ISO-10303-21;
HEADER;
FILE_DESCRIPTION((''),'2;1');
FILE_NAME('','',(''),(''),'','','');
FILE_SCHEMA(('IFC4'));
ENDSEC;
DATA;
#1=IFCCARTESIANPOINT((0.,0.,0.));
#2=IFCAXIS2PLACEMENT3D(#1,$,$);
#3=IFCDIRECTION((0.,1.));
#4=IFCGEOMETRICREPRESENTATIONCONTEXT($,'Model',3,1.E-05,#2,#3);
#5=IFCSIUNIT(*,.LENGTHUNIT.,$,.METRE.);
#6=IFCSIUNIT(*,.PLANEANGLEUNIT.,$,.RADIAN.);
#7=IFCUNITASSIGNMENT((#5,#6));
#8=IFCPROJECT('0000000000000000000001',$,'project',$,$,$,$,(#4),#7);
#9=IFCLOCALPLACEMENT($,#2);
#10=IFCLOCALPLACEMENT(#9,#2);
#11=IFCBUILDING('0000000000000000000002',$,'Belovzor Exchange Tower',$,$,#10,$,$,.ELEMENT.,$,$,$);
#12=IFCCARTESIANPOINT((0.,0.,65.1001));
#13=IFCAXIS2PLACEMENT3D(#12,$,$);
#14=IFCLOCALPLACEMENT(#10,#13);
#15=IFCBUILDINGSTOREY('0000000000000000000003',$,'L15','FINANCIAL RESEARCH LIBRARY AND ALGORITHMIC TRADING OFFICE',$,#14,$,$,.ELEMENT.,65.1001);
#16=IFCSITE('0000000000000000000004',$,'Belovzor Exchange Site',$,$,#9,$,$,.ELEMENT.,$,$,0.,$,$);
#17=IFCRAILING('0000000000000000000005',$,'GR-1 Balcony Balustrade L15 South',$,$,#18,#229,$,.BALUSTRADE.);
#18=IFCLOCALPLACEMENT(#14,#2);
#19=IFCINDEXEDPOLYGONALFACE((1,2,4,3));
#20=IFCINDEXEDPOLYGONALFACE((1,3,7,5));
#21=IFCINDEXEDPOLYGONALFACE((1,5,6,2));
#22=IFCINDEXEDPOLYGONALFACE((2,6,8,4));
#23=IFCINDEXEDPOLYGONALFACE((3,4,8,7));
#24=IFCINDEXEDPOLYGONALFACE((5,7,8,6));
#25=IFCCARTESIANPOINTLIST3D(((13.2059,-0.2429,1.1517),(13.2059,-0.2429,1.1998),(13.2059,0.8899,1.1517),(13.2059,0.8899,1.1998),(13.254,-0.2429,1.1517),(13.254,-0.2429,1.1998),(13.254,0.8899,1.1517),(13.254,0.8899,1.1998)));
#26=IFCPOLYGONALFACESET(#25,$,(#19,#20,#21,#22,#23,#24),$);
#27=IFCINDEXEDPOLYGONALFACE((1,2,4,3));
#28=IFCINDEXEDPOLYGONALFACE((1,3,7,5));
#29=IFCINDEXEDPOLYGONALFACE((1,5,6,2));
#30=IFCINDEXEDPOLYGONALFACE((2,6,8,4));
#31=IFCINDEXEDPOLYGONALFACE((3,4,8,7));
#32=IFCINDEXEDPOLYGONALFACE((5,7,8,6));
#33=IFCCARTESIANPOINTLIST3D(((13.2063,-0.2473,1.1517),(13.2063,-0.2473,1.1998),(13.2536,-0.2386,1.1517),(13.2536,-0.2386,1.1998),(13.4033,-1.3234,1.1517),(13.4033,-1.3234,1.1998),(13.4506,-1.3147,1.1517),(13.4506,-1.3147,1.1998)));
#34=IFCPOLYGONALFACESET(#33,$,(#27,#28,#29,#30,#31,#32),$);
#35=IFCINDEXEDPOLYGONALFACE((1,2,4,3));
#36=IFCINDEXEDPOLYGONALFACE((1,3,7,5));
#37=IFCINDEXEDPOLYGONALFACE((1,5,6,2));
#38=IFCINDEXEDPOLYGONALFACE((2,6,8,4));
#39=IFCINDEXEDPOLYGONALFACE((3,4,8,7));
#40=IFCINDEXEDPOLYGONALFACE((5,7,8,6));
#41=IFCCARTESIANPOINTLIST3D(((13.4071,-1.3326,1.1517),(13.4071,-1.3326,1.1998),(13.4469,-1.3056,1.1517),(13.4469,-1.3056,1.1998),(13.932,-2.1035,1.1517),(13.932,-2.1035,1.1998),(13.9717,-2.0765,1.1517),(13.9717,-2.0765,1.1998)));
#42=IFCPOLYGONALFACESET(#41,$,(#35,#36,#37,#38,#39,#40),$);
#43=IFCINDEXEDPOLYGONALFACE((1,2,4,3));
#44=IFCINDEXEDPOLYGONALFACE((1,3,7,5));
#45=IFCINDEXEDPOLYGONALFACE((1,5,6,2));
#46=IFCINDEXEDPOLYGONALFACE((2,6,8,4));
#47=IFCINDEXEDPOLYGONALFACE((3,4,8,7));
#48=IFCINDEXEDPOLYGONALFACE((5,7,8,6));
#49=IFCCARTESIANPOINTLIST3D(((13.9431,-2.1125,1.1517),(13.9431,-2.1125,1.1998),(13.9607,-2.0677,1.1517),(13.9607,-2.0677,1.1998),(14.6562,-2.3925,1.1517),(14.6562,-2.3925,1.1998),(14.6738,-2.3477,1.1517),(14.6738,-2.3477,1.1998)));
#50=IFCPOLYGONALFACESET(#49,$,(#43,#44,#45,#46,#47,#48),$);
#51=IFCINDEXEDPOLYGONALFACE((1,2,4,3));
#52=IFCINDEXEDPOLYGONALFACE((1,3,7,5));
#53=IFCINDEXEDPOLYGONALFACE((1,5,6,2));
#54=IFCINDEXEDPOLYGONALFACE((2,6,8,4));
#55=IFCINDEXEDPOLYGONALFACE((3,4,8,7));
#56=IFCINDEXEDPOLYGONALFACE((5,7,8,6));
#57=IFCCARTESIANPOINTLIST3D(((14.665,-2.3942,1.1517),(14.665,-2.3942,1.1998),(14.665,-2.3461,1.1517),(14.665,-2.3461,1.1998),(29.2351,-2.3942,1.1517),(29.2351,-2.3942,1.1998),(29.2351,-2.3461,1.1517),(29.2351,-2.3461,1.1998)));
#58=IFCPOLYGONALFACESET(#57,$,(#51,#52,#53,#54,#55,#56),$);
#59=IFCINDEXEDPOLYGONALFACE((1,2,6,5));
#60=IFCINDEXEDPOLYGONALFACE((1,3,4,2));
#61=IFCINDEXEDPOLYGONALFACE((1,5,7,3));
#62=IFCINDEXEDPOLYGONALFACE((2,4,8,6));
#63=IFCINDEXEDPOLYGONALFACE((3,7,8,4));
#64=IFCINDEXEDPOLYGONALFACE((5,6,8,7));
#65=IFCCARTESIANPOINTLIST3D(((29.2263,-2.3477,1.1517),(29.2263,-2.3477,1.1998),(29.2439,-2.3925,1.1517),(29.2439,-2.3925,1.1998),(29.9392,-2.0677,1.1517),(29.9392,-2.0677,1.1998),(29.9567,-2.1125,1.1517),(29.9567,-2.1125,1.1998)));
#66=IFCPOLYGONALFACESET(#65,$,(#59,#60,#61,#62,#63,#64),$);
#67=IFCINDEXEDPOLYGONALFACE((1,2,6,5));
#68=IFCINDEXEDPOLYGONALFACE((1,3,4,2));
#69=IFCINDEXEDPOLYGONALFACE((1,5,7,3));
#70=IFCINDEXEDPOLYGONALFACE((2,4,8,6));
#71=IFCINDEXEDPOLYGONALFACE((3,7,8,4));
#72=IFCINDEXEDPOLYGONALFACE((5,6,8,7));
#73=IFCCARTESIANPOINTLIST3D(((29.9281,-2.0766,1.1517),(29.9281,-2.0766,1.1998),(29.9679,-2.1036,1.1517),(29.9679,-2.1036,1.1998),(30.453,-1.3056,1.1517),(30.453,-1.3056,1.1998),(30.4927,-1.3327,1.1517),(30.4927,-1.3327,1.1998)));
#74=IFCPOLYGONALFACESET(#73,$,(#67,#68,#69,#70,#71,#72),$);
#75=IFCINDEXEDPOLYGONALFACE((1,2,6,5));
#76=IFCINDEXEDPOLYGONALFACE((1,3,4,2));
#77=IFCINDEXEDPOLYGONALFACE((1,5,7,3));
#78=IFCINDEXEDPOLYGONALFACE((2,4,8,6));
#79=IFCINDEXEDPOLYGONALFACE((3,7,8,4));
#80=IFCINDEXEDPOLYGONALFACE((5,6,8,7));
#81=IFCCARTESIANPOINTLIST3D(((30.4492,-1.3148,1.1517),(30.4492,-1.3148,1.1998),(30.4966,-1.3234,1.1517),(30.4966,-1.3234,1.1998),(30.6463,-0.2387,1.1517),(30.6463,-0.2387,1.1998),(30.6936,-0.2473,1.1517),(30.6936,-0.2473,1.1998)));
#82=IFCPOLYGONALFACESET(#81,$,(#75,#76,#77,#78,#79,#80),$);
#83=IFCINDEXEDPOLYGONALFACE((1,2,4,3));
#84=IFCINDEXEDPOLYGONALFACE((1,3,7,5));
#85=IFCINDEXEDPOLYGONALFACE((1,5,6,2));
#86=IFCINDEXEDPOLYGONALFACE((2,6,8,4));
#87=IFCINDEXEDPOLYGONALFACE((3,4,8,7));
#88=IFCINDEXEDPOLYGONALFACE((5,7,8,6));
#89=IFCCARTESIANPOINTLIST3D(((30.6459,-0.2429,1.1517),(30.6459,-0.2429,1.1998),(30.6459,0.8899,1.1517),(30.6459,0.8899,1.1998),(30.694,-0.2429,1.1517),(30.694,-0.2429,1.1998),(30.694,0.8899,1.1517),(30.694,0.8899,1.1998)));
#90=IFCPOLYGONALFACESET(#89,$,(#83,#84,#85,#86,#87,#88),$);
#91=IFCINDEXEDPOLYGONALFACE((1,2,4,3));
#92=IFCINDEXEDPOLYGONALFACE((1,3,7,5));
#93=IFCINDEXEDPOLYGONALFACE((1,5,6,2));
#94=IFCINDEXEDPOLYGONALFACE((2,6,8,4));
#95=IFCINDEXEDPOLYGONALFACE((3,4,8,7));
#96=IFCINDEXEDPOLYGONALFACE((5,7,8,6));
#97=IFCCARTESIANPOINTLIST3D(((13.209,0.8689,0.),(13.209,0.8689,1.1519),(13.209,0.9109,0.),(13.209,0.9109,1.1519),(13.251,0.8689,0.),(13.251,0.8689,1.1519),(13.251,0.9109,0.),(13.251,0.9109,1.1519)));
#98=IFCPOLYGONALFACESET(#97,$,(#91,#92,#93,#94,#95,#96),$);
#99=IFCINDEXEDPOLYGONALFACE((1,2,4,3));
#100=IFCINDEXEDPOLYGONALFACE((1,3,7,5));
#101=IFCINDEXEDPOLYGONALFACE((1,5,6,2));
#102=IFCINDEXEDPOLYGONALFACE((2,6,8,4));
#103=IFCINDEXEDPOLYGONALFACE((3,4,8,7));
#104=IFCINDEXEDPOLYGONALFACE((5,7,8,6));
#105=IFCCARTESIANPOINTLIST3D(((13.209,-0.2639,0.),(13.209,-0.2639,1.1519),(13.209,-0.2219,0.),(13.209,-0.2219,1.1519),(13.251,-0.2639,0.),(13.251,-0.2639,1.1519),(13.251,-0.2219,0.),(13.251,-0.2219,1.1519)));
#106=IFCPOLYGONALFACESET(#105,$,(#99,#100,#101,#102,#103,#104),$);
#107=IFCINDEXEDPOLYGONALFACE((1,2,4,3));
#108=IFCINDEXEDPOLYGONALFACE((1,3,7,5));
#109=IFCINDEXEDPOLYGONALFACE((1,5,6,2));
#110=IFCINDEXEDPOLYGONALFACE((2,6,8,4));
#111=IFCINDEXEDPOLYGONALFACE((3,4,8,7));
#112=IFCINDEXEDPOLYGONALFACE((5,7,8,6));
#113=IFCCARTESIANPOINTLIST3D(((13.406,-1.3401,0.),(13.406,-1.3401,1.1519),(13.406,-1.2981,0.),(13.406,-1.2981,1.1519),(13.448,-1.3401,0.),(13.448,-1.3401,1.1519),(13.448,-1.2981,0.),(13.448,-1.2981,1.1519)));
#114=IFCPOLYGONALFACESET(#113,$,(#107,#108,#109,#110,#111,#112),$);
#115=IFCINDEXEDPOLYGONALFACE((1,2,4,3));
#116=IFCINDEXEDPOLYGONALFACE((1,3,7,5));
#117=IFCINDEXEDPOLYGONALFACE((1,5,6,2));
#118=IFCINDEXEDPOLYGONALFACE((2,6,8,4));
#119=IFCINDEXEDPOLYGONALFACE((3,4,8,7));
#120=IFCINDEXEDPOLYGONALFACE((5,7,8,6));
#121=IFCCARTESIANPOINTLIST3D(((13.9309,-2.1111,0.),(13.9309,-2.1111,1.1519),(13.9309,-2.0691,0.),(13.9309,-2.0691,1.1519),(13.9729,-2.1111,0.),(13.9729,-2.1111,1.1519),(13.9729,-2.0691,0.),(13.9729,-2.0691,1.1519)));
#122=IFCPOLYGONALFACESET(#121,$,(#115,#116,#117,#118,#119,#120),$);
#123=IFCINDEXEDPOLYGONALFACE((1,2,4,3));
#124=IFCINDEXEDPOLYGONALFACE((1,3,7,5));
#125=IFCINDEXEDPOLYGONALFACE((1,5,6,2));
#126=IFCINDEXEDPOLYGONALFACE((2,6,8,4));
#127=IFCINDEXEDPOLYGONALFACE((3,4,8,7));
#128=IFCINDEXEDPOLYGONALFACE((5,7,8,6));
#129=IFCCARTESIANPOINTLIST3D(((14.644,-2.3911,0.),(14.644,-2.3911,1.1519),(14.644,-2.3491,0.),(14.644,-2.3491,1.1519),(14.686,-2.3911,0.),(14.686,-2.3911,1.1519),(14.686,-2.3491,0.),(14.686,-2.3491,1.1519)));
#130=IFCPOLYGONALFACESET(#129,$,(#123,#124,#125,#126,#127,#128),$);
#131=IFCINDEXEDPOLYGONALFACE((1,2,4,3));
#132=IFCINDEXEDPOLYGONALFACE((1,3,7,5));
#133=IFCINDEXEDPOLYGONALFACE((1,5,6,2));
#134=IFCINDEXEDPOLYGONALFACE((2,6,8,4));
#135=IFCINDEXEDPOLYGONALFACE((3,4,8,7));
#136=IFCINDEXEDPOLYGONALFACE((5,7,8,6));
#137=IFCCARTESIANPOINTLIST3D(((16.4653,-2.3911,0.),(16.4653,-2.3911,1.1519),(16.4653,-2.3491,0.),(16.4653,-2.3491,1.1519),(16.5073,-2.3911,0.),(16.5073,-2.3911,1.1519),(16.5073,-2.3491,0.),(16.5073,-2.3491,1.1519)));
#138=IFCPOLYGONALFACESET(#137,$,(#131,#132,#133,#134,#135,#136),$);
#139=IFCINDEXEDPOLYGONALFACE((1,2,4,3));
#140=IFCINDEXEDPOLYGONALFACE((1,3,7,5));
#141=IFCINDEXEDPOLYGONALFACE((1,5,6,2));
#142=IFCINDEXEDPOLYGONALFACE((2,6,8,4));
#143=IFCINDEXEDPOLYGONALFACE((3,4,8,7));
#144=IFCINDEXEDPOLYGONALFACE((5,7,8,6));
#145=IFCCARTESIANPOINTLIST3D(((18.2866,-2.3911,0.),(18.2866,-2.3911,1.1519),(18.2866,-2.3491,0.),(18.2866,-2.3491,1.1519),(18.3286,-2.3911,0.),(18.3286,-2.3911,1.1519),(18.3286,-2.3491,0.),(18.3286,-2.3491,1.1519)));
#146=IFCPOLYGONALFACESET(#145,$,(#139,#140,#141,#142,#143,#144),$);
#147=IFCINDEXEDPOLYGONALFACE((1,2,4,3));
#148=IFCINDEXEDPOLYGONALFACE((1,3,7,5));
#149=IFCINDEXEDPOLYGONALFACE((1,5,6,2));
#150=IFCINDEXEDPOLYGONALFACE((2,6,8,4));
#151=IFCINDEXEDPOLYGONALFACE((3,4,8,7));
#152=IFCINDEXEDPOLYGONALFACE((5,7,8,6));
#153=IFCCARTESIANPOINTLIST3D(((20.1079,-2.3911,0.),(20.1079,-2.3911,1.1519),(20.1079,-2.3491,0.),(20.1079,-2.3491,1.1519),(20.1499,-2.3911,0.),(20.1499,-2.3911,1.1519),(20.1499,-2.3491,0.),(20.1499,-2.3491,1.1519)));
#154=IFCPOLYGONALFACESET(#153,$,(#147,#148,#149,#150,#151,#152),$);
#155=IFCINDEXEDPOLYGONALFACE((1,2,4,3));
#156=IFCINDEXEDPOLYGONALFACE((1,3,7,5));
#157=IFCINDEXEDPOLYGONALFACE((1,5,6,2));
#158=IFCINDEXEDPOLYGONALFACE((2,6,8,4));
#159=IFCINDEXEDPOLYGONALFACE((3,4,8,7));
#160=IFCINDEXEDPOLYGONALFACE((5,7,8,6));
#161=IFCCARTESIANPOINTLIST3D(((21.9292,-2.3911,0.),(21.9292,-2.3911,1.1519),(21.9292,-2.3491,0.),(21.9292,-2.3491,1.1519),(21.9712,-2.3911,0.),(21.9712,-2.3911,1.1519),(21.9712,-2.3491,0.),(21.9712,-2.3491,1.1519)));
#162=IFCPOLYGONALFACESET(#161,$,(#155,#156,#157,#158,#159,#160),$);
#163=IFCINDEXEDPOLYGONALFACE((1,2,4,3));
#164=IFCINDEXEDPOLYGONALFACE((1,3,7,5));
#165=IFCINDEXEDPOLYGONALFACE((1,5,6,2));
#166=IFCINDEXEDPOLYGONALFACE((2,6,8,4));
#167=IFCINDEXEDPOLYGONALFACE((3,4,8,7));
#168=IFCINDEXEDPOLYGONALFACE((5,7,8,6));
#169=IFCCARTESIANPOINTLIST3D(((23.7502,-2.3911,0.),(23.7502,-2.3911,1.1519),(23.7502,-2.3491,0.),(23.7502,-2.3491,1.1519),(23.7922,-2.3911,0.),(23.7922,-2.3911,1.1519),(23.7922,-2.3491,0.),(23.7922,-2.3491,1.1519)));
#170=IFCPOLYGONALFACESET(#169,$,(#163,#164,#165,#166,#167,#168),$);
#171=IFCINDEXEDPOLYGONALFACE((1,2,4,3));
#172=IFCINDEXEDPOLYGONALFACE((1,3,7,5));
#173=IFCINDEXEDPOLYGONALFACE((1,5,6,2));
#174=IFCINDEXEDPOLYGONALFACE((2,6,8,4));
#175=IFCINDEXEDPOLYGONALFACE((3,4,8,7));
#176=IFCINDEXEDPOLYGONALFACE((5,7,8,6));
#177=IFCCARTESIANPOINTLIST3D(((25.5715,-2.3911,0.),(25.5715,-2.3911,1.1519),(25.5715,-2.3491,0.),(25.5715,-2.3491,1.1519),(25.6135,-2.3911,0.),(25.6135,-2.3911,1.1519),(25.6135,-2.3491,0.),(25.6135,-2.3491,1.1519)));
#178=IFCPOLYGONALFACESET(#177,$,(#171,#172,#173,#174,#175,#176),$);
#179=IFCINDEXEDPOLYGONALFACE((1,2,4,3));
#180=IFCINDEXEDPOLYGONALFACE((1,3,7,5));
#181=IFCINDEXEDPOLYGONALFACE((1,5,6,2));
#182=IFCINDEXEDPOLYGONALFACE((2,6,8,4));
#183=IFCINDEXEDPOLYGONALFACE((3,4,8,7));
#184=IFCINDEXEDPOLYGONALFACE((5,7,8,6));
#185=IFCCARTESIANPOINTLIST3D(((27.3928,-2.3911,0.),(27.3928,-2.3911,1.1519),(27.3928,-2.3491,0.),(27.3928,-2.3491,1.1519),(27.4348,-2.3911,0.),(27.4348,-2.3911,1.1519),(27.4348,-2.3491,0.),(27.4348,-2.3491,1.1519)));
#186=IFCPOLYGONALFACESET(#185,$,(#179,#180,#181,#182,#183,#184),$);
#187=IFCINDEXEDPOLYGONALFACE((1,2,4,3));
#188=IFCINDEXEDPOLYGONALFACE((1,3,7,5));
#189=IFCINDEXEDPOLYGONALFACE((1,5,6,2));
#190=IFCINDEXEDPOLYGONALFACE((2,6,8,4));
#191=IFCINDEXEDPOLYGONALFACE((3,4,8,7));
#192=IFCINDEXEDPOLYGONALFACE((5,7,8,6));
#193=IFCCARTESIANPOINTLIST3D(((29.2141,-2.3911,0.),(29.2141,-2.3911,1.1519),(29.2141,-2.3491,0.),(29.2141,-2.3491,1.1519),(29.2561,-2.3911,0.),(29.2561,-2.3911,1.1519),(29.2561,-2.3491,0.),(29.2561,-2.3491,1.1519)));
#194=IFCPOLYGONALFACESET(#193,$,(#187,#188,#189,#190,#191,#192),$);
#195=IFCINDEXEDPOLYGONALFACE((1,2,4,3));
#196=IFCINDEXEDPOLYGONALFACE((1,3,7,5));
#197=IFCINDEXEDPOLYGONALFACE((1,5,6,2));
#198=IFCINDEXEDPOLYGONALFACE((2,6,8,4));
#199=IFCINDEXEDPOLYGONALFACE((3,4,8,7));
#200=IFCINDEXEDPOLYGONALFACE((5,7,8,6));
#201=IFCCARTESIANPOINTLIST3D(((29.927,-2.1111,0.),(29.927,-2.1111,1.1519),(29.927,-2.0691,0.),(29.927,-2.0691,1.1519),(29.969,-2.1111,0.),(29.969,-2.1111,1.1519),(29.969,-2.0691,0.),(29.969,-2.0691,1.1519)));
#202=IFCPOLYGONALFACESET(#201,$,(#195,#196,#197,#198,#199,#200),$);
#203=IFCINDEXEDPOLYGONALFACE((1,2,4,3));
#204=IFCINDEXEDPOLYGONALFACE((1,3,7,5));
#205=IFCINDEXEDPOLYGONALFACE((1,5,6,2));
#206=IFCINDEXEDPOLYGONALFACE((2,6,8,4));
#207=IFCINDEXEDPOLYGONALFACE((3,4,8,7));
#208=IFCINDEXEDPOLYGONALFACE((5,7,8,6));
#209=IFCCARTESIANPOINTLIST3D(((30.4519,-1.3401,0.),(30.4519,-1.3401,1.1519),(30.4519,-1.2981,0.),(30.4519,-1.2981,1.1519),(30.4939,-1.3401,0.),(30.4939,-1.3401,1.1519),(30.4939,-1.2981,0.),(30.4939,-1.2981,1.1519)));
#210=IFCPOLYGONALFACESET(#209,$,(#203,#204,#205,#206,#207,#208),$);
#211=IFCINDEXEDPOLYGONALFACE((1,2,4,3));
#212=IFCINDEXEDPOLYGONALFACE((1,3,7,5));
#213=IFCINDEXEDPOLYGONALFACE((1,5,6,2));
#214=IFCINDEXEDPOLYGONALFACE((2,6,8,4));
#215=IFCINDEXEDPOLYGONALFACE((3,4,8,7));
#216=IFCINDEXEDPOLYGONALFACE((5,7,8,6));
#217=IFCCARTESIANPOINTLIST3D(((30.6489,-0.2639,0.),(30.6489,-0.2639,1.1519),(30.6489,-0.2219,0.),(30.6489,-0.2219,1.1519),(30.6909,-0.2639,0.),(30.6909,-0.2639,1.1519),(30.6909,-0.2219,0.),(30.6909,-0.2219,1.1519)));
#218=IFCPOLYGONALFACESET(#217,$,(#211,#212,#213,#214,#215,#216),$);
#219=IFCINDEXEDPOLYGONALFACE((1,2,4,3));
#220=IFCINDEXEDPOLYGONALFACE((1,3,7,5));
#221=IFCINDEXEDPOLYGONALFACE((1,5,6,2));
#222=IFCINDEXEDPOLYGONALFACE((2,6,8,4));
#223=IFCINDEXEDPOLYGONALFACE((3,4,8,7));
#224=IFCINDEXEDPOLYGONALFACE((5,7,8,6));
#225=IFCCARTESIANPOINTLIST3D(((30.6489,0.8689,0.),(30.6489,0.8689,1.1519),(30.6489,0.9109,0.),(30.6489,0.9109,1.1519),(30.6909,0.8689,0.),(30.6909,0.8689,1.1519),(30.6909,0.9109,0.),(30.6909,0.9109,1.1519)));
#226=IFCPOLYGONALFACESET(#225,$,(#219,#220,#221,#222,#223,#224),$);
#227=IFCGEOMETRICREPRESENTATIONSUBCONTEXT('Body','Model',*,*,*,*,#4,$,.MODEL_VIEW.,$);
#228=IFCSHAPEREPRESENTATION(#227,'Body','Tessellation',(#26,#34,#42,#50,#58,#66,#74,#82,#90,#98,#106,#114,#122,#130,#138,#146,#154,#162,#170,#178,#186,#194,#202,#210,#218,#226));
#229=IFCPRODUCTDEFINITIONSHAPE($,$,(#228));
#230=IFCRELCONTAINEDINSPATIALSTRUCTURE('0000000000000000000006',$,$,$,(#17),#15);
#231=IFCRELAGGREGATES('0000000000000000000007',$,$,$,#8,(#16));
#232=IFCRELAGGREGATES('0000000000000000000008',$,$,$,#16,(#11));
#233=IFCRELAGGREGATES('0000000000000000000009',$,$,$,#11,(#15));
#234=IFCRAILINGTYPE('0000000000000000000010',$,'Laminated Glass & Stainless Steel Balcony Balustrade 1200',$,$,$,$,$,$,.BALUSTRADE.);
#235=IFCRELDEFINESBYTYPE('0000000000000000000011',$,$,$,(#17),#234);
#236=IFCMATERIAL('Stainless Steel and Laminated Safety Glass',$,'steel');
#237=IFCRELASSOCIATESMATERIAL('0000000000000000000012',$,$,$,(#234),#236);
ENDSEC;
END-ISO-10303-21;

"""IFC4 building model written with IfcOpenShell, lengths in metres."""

from ifc_helpers import new_model, si_unit, direction, frame, origin, origin_2d, place, context, subcontext, project, spatial, rectangle, extrude, material, type_object, element, save


model = new_model("IFC4")

# Units and contexts
model_context = context("Model", 3, precision=1e-05, world=origin(), true_north=direction((0.0, 1.0)))
body_context = subcontext(model_context, "Body", "Model", "MODEL_VIEW")
ifc_project = project(units=[si_unit("LENGTHUNIT", "METRE"), si_unit("PLANEANGLEUNIT", "RADIAN")], contexts=[model_context])

# Site, building, storey
site_placement = place(None, origin())
site = spatial("IfcSite", under=ifc_project, at=site_placement, Name="Belovzor Exchange Site", CompositionType="ELEMENT", RefElevation=0.0)
building_placement = place(site_placement, origin())
building = spatial("IfcBuilding", under=site, at=building_placement, Name="Belovzor Exchange Tower", CompositionType="ELEMENT")
storey_placement = place(building_placement, frame((0.0, 0.0, 65.1001)))
storey = spatial("IfcBuildingStorey", under=building, at=storey_placement, Name="L15", Description="FINANCIAL RESEARCH LIBRARY AND ALGORITHMIC TRADING OFFICE", CompositionType="ELEMENT", Elevation=65.1001)

# Railing
ifc_material_1 = material(Name="Stainless Steel and Laminated Safety Glass", Category="steel")
railing_type = type_object("IfcRailingType", Name="Laminated Glass & Stainless Steel Balcony Balustrade 1200", PredefinedType="BALUSTRADE", material=ifc_material_1)
railing_placement = place(storey_placement, frame((13.23, 0.8899, 0.0)))
element("IfcRailing", 1, at=railing_placement, inside=storey, type_object=railing_type, Name="GR-1 Balcony Balustrade L15 South", PredefinedType="BALUSTRADE", context=body_context, shape_type="SweptSolid", body=[
    extrude(rectangle(XDim=0.0481, YDim=0.0481, at=origin_2d()), frame((0.0, 0.0, 1.1758), z_axis=(0.0, -1.0, 0.0), x_axis=(1.0, 0.0, 0.0)), (0.0, 0.0, 1.0), 1.1328),
    extrude(rectangle(XDim=0.0481, YDim=0.0481, at=origin_2d()), frame((0.0, -1.1328, 1.1758), z_axis=(0.180083, -0.983651, 0.0), x_axis=(0.983651, 0.180083, 0.0)), (0.0, 0.0, 1.0), 1.094),
    extrude(rectangle(XDim=0.0481, YDim=0.0481, at=origin_2d()), frame((0.197, -2.209, 1.1758), z_axis=(0.562768, -0.826615, 0.0), x_axis=(0.826615, 0.562768, 0.0)), (0.0, 0.0, 1.0), 0.9326),
    extrude(rectangle(XDim=0.0481, YDim=0.0481, at=origin_2d()), frame((0.7219, -2.98, 1.1758), z_axis=(0.93081, -0.365504, 0.0), x_axis=(0.365504, 0.93081, 0.0)), (0.0, 0.0, 1.0), 0.7661),
    extrude(rectangle(XDim=0.0481, YDim=0.0481, at=origin_2d()), frame((1.4351, -3.26, 1.1758), z_axis=(1.0, 0.0, 0.0), x_axis=(0.0, 1.0, 0.0)), (0.0, 0.0, 1.0), 14.5701),
    extrude(rectangle(XDim=0.0481, YDim=0.0481, at=origin_2d()), frame((16.0051, -3.26, 1.1758), z_axis=(0.930767, 0.365613, 0.0), x_axis=(-0.365613, 0.930767, 0.0)), (0.0, 0.0, 1.0), 0.7659),
    extrude(rectangle(XDim=0.0481, YDim=0.0481, at=origin_2d()), frame((16.718, -2.98, 1.1758), z_axis=(0.562768, 0.826615, 0.0), x_axis=(-0.826615, 0.562768, 0.0)), (0.0, 0.0, 1.0), 0.9326),
    extrude(rectangle(XDim=0.0481, YDim=0.0481, at=origin_2d()), frame((17.2429, -2.209, 1.1758), z_axis=(0.180083, 0.983651, 0.0), x_axis=(-0.983651, 0.180083, 0.0)), (0.0, 0.0, 1.0), 1.094),
    extrude(rectangle(XDim=0.0481, YDim=0.0481, at=origin_2d()), frame((17.4399, -1.1328, 1.1758), z_axis=(0.0, 1.0, 0.0), x_axis=(-1.0, 0.0, 0.0)), (0.0, 0.0, 1.0), 1.1328),
    extrude(rectangle(XDim=0.042, YDim=0.042, at=origin_2d()), origin(), (0.0, 0.0, 1.0), 1.1519),
    extrude(rectangle(XDim=0.042, YDim=0.042, at=origin_2d()), frame((0.0, -1.1328, 0.0)), (0.0, 0.0, 1.0), 1.1519),
    extrude(rectangle(XDim=0.042, YDim=0.042, at=origin_2d()), frame((0.197, -2.209, 0.0)), (0.0, 0.0, 1.0), 1.1519),
    extrude(rectangle(XDim=0.042, YDim=0.042, at=origin_2d()), frame((0.7219, -2.98, 0.0)), (0.0, 0.0, 1.0), 1.1519),
    extrude(rectangle(XDim=0.042, YDim=0.042, at=origin_2d()), frame((1.4351, -3.26, 0.0)), (0.0, 0.0, 1.0), 1.1519),
    extrude(rectangle(XDim=0.042, YDim=0.042, at=origin_2d()), frame((3.2563, -3.26, 0.0)), (0.0, 0.0, 1.0), 1.1519),
    extrude(rectangle(XDim=0.042, YDim=0.042, at=origin_2d()), frame((5.0776, -3.26, 0.0)), (0.0, 0.0, 1.0), 1.1519),
    extrude(rectangle(XDim=0.042, YDim=0.042, at=origin_2d()), frame((6.8989, -3.26, 0.0)), (0.0, 0.0, 1.0), 1.1519),
    extrude(rectangle(XDim=0.042, YDim=0.042, at=origin_2d()), frame((8.7202, -3.26, 0.0)), (0.0, 0.0, 1.0), 1.1519),
    extrude(rectangle(XDim=0.042, YDim=0.042, at=origin_2d()), frame((10.5413, -3.26, 0.0)), (0.0, 0.0, 1.0), 1.1519),
    extrude(rectangle(XDim=0.042, YDim=0.042, at=origin_2d()), frame((12.3625, -3.26, 0.0)), (0.0, 0.0, 1.0), 1.1519),
    extrude(rectangle(XDim=0.042, YDim=0.042, at=origin_2d()), frame((14.1838, -3.26, 0.0)), (0.0, 0.0, 1.0), 1.1519),
    extrude(rectangle(XDim=0.042, YDim=0.042, at=origin_2d()), frame((16.0051, -3.26, 0.0)), (0.0, 0.0, 1.0), 1.1519),
    extrude(rectangle(XDim=0.042, YDim=0.042, at=origin_2d()), frame((16.718, -2.98, 0.0)), (0.0, 0.0, 1.0), 1.1519),
    extrude(rectangle(XDim=0.042, YDim=0.042, at=origin_2d()), frame((17.2429, -2.209, 0.0)), (0.0, 0.0, 1.0), 1.1519),
    extrude(rectangle(XDim=0.042, YDim=0.042, at=origin_2d()), frame((17.4399, -1.1328, 0.0)), (0.0, 0.0, 1.0), 1.1519),
    extrude(rectangle(XDim=0.042, YDim=0.042, at=origin_2d()), frame((17.4399, 0.0, 0.0)), (0.0, 0.0, 1.0), 1.1519),
])

save(model, "model.ifc")
